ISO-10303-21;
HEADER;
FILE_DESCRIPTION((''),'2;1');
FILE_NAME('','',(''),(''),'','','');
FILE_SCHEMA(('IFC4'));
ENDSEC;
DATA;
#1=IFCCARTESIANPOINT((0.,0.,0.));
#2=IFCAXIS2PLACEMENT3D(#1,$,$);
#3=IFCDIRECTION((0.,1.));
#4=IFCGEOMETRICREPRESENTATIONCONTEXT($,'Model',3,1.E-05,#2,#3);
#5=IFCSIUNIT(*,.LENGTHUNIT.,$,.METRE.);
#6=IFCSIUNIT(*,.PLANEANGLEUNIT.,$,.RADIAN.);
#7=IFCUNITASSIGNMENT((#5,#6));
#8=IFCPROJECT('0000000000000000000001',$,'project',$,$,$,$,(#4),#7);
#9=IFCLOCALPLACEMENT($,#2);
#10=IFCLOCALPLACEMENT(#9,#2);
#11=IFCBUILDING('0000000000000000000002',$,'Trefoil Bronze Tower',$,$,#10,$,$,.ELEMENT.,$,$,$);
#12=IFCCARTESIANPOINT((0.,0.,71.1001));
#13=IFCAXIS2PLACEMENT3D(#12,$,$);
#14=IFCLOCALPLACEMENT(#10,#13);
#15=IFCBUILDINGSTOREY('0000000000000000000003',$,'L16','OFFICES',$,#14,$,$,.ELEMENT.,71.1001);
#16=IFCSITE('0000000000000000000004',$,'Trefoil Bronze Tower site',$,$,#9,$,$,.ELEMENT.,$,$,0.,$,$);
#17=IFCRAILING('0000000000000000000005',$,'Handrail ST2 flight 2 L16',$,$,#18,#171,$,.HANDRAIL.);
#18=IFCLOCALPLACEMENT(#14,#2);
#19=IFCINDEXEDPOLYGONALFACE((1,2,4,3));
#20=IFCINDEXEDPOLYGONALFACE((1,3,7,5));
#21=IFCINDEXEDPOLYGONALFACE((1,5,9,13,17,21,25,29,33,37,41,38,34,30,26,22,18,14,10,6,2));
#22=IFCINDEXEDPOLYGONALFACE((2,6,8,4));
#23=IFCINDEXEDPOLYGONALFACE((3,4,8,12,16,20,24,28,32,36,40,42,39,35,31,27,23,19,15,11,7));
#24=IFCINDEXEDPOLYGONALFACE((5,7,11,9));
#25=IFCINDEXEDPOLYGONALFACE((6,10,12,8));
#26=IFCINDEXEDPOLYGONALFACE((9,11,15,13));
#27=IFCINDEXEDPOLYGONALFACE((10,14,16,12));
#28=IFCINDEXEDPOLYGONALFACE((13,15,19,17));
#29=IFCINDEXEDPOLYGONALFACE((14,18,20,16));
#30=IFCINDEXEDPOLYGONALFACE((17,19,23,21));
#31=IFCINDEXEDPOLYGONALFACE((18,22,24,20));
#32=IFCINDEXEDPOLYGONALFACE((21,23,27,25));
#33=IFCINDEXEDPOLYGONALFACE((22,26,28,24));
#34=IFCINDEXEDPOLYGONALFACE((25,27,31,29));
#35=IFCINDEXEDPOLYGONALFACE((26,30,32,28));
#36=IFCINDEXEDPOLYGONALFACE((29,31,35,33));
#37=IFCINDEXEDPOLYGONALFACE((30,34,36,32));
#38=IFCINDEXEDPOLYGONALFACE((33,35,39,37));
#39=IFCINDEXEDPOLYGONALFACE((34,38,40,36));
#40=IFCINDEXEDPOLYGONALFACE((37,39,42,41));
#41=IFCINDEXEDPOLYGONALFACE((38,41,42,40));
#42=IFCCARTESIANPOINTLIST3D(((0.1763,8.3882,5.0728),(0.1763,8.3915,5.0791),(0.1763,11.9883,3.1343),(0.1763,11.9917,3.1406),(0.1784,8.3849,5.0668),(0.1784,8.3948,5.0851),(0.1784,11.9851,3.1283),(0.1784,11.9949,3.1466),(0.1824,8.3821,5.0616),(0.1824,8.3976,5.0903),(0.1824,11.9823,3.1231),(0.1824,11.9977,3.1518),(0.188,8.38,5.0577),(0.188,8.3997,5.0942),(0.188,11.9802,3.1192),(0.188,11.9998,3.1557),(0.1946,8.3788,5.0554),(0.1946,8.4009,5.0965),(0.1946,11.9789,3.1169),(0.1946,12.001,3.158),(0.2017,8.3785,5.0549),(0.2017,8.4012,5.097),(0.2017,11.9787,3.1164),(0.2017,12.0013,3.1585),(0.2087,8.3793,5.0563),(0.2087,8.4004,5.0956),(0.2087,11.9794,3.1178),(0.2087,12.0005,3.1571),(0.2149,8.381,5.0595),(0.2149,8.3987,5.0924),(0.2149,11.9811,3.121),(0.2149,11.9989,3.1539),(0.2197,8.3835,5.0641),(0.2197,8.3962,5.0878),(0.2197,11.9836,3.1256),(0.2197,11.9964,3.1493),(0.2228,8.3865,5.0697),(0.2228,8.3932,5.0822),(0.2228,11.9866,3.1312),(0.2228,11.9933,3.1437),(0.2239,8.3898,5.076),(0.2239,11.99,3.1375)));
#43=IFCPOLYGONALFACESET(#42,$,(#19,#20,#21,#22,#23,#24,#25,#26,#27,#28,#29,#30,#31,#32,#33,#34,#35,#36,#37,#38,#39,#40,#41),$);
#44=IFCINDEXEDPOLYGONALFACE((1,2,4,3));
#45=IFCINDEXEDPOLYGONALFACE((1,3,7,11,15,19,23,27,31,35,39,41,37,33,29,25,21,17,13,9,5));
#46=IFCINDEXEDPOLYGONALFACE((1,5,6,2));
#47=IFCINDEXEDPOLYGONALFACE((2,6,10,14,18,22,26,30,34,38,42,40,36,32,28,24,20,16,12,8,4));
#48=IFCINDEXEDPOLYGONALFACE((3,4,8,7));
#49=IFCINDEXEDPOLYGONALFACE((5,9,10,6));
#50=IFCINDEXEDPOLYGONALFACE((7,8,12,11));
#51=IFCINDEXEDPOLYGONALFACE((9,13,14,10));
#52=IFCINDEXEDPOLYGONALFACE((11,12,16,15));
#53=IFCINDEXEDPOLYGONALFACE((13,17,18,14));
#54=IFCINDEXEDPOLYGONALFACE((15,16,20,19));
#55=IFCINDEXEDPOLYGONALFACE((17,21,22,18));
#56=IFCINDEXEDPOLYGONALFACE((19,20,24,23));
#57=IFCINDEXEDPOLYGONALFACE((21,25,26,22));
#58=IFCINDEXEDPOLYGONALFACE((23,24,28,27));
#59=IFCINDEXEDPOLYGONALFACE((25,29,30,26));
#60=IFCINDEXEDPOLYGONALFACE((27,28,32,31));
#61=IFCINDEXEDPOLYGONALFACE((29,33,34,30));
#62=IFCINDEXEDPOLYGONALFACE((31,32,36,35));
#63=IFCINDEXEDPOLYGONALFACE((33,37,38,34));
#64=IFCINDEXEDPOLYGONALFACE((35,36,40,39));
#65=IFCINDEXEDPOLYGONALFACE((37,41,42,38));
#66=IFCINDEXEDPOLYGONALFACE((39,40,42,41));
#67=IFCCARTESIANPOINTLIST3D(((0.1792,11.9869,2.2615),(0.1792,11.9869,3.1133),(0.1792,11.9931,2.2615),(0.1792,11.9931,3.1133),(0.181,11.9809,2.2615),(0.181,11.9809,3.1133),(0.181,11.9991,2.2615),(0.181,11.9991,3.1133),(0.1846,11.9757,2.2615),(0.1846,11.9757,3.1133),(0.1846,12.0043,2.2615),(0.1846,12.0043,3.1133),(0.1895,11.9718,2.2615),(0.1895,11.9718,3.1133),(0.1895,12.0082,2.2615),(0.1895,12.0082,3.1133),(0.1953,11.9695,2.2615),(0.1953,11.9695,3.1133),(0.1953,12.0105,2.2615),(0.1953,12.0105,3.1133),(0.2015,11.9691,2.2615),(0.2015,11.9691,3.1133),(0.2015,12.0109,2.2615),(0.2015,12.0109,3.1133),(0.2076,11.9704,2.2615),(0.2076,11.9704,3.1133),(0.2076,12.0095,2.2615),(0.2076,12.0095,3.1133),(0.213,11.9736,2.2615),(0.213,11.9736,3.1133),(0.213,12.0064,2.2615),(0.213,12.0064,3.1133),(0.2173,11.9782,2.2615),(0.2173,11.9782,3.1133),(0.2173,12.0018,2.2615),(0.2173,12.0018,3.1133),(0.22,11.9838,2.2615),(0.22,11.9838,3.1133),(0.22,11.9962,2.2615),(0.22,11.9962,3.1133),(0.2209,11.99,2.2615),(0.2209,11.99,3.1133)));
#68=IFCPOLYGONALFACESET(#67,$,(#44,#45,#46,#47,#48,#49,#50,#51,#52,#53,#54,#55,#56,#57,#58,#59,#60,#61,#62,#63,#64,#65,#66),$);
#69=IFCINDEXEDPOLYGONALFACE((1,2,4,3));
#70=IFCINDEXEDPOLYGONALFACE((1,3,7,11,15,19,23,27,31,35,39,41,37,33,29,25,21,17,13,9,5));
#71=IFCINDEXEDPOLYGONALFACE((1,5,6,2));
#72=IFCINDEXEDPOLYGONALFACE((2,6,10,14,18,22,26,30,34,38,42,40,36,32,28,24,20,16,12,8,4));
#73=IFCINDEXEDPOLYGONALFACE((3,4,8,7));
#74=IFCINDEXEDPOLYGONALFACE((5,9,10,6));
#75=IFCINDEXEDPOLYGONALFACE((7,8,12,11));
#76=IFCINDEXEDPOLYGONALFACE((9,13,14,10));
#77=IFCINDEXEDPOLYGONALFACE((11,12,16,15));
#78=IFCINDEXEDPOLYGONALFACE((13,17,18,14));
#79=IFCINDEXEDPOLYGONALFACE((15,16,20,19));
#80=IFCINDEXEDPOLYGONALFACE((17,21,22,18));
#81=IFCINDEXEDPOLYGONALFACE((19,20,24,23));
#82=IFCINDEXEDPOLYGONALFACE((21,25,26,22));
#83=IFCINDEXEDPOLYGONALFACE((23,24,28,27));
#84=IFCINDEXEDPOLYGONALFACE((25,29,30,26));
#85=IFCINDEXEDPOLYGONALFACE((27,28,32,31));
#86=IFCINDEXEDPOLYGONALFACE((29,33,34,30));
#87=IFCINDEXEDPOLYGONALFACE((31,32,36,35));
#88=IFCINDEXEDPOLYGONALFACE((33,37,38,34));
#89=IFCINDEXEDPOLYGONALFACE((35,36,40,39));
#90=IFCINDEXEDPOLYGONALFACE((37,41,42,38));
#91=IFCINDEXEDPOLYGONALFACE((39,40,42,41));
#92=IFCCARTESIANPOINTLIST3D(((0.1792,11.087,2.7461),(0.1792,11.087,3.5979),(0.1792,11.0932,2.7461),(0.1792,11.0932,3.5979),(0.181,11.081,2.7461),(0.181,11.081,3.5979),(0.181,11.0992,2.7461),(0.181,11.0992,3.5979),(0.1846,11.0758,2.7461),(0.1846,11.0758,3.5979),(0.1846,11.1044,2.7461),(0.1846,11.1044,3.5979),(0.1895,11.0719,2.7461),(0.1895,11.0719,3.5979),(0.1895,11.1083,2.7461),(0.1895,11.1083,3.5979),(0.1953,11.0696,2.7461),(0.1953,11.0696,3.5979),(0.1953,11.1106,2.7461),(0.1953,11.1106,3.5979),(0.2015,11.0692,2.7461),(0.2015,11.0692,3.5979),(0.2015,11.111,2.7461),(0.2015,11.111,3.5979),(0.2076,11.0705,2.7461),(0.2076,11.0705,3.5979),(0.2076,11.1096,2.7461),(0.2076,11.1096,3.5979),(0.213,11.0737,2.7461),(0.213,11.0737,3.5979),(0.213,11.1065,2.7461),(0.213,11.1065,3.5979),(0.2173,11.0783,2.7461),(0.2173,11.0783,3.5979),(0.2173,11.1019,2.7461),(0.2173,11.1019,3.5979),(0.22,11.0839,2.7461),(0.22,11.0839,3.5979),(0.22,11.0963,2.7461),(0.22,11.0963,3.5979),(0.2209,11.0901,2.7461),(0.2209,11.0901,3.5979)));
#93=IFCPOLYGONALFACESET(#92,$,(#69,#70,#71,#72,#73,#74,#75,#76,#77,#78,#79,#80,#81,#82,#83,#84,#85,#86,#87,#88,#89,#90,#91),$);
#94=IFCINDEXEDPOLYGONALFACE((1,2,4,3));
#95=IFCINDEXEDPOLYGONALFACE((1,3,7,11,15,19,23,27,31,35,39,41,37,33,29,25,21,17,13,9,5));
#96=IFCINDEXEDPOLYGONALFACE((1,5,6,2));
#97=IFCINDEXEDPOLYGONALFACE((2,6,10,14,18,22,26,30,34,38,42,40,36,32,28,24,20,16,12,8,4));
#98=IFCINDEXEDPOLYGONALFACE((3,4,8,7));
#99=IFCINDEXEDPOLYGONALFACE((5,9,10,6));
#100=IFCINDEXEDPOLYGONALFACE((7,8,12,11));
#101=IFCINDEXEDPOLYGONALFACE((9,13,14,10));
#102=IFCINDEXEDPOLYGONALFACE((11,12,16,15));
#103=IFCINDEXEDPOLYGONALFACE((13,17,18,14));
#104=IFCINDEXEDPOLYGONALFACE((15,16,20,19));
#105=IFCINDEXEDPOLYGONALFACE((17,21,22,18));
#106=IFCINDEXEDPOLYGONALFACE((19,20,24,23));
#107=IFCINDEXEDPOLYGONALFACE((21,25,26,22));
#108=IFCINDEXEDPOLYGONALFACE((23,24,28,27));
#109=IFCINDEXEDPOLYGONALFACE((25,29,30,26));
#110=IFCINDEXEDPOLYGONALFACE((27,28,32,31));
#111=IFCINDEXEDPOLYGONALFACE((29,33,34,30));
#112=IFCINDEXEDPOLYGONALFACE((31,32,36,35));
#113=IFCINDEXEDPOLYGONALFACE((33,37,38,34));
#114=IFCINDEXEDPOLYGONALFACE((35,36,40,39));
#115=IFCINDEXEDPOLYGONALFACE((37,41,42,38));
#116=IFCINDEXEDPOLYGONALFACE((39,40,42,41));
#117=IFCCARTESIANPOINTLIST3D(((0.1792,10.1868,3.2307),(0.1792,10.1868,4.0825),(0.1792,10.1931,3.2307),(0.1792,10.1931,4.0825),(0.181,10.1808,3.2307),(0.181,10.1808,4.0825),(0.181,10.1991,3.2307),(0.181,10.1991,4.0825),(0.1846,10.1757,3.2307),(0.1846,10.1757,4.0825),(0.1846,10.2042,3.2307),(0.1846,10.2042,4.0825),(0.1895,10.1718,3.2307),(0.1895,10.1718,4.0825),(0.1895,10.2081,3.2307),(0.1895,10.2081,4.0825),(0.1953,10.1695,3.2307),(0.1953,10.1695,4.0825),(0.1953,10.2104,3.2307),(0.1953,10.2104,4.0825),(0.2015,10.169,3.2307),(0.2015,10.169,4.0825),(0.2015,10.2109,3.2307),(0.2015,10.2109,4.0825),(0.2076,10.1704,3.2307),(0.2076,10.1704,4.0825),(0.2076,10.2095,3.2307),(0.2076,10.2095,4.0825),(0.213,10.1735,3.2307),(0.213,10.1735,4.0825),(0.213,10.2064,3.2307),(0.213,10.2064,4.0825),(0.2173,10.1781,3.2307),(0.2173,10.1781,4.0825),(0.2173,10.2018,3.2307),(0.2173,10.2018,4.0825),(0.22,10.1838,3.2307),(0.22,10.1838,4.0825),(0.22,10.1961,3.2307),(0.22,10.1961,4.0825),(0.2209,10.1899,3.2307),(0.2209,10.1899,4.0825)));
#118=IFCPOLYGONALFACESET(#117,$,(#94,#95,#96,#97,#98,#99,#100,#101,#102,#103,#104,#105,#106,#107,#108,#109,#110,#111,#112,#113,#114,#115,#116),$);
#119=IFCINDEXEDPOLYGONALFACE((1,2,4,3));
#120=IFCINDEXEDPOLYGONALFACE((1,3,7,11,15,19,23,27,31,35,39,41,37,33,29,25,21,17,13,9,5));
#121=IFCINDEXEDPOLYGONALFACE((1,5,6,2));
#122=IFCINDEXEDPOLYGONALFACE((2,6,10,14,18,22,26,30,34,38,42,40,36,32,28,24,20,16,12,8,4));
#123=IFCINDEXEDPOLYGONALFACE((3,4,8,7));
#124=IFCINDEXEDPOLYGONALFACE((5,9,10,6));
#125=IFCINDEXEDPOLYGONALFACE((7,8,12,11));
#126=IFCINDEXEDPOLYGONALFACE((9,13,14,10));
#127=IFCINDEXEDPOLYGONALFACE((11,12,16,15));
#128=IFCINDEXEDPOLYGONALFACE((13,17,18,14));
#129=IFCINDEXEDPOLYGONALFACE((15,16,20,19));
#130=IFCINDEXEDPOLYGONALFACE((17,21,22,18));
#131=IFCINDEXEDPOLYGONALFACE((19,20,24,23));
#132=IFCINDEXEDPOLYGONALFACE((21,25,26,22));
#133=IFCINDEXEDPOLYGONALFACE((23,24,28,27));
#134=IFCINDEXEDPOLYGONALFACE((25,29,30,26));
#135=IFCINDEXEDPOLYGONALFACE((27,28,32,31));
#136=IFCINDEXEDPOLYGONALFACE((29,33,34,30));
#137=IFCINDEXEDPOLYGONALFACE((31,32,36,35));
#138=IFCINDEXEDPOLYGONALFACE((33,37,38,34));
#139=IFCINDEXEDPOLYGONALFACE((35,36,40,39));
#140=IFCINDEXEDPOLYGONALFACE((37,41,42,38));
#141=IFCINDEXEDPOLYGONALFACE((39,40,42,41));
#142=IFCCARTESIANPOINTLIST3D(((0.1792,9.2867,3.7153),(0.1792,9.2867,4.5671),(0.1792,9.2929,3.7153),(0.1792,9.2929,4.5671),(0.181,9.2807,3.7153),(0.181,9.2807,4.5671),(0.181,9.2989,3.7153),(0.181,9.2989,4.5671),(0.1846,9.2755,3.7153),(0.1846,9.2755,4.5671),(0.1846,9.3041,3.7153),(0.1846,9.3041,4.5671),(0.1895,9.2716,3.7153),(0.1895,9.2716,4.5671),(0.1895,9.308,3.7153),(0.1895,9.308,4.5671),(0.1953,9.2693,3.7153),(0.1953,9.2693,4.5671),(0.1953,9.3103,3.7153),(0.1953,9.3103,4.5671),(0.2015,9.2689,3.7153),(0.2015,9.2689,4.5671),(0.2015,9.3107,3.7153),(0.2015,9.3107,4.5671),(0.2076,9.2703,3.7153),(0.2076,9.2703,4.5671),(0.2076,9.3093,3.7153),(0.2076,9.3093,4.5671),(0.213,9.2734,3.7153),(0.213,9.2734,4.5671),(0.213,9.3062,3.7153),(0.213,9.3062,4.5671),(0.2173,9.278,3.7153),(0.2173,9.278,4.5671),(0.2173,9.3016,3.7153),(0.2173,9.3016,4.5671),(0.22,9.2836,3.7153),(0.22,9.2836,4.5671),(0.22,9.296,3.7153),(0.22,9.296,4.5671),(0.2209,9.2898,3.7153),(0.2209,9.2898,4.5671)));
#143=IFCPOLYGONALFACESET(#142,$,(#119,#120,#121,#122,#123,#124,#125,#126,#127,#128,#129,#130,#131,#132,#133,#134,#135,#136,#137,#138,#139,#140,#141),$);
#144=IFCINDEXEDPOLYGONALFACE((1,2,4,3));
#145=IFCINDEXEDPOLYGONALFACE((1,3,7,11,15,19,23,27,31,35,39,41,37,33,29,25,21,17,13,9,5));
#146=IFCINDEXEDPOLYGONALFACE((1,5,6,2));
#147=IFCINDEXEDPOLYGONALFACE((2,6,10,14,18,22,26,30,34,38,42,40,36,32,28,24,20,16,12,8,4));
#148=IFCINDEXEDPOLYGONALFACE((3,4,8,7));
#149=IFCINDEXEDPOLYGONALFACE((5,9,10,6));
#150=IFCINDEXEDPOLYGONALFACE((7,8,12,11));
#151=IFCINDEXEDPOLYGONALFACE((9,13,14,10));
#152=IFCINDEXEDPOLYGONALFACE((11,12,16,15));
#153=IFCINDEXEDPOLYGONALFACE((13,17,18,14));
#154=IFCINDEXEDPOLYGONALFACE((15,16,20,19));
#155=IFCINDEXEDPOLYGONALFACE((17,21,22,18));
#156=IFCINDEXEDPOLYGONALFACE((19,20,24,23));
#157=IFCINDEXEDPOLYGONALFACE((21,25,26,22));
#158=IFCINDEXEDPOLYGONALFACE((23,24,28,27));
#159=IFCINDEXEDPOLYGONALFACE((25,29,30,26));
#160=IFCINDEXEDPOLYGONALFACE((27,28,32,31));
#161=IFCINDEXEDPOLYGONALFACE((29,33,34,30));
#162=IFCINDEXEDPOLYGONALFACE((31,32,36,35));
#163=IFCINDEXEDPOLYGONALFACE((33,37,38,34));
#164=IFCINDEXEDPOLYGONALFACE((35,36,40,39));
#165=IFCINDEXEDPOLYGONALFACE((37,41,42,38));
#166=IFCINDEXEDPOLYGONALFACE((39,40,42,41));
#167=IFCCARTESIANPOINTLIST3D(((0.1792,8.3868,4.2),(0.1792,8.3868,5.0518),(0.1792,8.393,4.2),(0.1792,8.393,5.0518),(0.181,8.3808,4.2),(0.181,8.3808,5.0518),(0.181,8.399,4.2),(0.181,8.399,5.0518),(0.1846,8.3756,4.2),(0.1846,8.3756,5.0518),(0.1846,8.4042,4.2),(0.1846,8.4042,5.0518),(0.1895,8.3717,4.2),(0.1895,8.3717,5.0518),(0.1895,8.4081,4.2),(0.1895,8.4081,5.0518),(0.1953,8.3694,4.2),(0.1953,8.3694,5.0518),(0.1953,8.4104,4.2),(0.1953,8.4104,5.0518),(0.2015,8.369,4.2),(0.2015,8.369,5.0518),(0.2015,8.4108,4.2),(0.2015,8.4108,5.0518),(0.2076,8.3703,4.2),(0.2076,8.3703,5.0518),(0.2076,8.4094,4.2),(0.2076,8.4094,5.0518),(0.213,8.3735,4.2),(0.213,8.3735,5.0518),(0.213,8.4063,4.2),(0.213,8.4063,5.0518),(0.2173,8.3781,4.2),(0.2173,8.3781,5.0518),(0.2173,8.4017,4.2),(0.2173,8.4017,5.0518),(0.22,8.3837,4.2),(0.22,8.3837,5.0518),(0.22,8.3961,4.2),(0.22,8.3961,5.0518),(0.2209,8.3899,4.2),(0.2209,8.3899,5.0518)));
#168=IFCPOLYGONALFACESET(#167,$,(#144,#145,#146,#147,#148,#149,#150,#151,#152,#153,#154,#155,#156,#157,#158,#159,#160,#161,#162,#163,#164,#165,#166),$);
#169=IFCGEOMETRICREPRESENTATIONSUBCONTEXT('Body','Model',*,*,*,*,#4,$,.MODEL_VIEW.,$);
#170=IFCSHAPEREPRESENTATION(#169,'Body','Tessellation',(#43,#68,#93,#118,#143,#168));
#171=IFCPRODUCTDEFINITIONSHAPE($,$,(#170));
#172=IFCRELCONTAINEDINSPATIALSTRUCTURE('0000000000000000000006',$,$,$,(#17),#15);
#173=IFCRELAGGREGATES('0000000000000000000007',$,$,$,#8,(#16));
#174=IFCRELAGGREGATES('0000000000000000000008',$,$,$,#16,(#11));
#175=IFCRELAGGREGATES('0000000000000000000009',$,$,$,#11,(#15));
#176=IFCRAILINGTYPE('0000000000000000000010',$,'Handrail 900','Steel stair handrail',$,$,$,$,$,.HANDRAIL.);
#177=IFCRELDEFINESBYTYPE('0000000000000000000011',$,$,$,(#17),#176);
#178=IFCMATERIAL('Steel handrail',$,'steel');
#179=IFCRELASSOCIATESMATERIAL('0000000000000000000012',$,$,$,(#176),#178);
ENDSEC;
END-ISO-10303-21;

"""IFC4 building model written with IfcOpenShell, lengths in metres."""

from ifc_helpers import new_model, si_unit, direction, frame, origin, origin_2d, place, context, subcontext, project, spatial, circle, extrude, material, type_object, element, save


model = new_model("IFC4")

# Units and contexts
model_context = context("Model", 3, precision=1e-05, world=origin(), true_north=direction((0.0, 1.0)))
body_context = subcontext(model_context, "Body", "Model", "MODEL_VIEW")
ifc_project = project(units=[si_unit("LENGTHUNIT", "METRE"), si_unit("PLANEANGLEUNIT", "RADIAN")], contexts=[model_context])

# Site, building, storey
site_placement = place(None, origin())
site = spatial("IfcSite", under=ifc_project, at=site_placement, Name="Trefoil Bronze Tower site", CompositionType="ELEMENT", RefElevation=0.0)
building_placement = place(site_placement, origin())
building = spatial("IfcBuilding", under=site, at=building_placement, Name="Trefoil Bronze Tower", CompositionType="ELEMENT")
storey_placement = place(building_placement, frame((0.0, 0.0, 71.1001)))
storey = spatial("IfcBuildingStorey", under=building, at=storey_placement, Name="L16", Description="OFFICES", CompositionType="ELEMENT", Elevation=71.1001)

# Railing
ifc_material_1 = material(Name="Steel handrail", Category="steel")
railing_type = type_object("IfcRailingType", Name="Handrail 900", Description="Steel stair handrail", PredefinedType="HANDRAIL", material=ifc_material_1)
railing_placement = place(storey_placement, frame((0.2, 11.99, 2.2615)))
element("IfcRailing", 1, at=railing_placement, inside=storey, type_object=railing_type, Name="Handrail ST2 flight 2 L16", PredefinedType="HANDRAIL", context=body_context, shape_type="SweptSolid", body=[
    extrude(circle(Radius=0.0239, at=origin_2d()), frame((0.0, 0.0, 0.876), z_axis=(0.0, -0.880475, 0.474093), x_axis=(1.0, 0.0, 0.0)), (0.0, 0.0, 1.0), 4.0889),
    extrude(circle(Radius=0.021, at=origin_2d()), origin(), (0.0, 0.0, 1.0), 0.8518),
    extrude(circle(Radius=0.021, at=origin_2d()), frame((0.0, -0.8999, 0.4846)), (0.0, 0.0, 1.0), 0.8518),
    extrude(circle(Radius=0.021, at=origin_2d()), frame((0.0, -1.8, 0.9692)), (0.0, 0.0, 1.0), 0.8518),
    extrude(circle(Radius=0.021, at=origin_2d()), frame((0.0, -2.7002, 1.4539)), (0.0, 0.0, 1.0), 0.8518),
    extrude(circle(Radius=0.021, at=origin_2d()), frame((0.0, -3.6001, 1.9385)), (0.0, 0.0, 1.0), 0.8518),
])

save(model, "model.ifc")
